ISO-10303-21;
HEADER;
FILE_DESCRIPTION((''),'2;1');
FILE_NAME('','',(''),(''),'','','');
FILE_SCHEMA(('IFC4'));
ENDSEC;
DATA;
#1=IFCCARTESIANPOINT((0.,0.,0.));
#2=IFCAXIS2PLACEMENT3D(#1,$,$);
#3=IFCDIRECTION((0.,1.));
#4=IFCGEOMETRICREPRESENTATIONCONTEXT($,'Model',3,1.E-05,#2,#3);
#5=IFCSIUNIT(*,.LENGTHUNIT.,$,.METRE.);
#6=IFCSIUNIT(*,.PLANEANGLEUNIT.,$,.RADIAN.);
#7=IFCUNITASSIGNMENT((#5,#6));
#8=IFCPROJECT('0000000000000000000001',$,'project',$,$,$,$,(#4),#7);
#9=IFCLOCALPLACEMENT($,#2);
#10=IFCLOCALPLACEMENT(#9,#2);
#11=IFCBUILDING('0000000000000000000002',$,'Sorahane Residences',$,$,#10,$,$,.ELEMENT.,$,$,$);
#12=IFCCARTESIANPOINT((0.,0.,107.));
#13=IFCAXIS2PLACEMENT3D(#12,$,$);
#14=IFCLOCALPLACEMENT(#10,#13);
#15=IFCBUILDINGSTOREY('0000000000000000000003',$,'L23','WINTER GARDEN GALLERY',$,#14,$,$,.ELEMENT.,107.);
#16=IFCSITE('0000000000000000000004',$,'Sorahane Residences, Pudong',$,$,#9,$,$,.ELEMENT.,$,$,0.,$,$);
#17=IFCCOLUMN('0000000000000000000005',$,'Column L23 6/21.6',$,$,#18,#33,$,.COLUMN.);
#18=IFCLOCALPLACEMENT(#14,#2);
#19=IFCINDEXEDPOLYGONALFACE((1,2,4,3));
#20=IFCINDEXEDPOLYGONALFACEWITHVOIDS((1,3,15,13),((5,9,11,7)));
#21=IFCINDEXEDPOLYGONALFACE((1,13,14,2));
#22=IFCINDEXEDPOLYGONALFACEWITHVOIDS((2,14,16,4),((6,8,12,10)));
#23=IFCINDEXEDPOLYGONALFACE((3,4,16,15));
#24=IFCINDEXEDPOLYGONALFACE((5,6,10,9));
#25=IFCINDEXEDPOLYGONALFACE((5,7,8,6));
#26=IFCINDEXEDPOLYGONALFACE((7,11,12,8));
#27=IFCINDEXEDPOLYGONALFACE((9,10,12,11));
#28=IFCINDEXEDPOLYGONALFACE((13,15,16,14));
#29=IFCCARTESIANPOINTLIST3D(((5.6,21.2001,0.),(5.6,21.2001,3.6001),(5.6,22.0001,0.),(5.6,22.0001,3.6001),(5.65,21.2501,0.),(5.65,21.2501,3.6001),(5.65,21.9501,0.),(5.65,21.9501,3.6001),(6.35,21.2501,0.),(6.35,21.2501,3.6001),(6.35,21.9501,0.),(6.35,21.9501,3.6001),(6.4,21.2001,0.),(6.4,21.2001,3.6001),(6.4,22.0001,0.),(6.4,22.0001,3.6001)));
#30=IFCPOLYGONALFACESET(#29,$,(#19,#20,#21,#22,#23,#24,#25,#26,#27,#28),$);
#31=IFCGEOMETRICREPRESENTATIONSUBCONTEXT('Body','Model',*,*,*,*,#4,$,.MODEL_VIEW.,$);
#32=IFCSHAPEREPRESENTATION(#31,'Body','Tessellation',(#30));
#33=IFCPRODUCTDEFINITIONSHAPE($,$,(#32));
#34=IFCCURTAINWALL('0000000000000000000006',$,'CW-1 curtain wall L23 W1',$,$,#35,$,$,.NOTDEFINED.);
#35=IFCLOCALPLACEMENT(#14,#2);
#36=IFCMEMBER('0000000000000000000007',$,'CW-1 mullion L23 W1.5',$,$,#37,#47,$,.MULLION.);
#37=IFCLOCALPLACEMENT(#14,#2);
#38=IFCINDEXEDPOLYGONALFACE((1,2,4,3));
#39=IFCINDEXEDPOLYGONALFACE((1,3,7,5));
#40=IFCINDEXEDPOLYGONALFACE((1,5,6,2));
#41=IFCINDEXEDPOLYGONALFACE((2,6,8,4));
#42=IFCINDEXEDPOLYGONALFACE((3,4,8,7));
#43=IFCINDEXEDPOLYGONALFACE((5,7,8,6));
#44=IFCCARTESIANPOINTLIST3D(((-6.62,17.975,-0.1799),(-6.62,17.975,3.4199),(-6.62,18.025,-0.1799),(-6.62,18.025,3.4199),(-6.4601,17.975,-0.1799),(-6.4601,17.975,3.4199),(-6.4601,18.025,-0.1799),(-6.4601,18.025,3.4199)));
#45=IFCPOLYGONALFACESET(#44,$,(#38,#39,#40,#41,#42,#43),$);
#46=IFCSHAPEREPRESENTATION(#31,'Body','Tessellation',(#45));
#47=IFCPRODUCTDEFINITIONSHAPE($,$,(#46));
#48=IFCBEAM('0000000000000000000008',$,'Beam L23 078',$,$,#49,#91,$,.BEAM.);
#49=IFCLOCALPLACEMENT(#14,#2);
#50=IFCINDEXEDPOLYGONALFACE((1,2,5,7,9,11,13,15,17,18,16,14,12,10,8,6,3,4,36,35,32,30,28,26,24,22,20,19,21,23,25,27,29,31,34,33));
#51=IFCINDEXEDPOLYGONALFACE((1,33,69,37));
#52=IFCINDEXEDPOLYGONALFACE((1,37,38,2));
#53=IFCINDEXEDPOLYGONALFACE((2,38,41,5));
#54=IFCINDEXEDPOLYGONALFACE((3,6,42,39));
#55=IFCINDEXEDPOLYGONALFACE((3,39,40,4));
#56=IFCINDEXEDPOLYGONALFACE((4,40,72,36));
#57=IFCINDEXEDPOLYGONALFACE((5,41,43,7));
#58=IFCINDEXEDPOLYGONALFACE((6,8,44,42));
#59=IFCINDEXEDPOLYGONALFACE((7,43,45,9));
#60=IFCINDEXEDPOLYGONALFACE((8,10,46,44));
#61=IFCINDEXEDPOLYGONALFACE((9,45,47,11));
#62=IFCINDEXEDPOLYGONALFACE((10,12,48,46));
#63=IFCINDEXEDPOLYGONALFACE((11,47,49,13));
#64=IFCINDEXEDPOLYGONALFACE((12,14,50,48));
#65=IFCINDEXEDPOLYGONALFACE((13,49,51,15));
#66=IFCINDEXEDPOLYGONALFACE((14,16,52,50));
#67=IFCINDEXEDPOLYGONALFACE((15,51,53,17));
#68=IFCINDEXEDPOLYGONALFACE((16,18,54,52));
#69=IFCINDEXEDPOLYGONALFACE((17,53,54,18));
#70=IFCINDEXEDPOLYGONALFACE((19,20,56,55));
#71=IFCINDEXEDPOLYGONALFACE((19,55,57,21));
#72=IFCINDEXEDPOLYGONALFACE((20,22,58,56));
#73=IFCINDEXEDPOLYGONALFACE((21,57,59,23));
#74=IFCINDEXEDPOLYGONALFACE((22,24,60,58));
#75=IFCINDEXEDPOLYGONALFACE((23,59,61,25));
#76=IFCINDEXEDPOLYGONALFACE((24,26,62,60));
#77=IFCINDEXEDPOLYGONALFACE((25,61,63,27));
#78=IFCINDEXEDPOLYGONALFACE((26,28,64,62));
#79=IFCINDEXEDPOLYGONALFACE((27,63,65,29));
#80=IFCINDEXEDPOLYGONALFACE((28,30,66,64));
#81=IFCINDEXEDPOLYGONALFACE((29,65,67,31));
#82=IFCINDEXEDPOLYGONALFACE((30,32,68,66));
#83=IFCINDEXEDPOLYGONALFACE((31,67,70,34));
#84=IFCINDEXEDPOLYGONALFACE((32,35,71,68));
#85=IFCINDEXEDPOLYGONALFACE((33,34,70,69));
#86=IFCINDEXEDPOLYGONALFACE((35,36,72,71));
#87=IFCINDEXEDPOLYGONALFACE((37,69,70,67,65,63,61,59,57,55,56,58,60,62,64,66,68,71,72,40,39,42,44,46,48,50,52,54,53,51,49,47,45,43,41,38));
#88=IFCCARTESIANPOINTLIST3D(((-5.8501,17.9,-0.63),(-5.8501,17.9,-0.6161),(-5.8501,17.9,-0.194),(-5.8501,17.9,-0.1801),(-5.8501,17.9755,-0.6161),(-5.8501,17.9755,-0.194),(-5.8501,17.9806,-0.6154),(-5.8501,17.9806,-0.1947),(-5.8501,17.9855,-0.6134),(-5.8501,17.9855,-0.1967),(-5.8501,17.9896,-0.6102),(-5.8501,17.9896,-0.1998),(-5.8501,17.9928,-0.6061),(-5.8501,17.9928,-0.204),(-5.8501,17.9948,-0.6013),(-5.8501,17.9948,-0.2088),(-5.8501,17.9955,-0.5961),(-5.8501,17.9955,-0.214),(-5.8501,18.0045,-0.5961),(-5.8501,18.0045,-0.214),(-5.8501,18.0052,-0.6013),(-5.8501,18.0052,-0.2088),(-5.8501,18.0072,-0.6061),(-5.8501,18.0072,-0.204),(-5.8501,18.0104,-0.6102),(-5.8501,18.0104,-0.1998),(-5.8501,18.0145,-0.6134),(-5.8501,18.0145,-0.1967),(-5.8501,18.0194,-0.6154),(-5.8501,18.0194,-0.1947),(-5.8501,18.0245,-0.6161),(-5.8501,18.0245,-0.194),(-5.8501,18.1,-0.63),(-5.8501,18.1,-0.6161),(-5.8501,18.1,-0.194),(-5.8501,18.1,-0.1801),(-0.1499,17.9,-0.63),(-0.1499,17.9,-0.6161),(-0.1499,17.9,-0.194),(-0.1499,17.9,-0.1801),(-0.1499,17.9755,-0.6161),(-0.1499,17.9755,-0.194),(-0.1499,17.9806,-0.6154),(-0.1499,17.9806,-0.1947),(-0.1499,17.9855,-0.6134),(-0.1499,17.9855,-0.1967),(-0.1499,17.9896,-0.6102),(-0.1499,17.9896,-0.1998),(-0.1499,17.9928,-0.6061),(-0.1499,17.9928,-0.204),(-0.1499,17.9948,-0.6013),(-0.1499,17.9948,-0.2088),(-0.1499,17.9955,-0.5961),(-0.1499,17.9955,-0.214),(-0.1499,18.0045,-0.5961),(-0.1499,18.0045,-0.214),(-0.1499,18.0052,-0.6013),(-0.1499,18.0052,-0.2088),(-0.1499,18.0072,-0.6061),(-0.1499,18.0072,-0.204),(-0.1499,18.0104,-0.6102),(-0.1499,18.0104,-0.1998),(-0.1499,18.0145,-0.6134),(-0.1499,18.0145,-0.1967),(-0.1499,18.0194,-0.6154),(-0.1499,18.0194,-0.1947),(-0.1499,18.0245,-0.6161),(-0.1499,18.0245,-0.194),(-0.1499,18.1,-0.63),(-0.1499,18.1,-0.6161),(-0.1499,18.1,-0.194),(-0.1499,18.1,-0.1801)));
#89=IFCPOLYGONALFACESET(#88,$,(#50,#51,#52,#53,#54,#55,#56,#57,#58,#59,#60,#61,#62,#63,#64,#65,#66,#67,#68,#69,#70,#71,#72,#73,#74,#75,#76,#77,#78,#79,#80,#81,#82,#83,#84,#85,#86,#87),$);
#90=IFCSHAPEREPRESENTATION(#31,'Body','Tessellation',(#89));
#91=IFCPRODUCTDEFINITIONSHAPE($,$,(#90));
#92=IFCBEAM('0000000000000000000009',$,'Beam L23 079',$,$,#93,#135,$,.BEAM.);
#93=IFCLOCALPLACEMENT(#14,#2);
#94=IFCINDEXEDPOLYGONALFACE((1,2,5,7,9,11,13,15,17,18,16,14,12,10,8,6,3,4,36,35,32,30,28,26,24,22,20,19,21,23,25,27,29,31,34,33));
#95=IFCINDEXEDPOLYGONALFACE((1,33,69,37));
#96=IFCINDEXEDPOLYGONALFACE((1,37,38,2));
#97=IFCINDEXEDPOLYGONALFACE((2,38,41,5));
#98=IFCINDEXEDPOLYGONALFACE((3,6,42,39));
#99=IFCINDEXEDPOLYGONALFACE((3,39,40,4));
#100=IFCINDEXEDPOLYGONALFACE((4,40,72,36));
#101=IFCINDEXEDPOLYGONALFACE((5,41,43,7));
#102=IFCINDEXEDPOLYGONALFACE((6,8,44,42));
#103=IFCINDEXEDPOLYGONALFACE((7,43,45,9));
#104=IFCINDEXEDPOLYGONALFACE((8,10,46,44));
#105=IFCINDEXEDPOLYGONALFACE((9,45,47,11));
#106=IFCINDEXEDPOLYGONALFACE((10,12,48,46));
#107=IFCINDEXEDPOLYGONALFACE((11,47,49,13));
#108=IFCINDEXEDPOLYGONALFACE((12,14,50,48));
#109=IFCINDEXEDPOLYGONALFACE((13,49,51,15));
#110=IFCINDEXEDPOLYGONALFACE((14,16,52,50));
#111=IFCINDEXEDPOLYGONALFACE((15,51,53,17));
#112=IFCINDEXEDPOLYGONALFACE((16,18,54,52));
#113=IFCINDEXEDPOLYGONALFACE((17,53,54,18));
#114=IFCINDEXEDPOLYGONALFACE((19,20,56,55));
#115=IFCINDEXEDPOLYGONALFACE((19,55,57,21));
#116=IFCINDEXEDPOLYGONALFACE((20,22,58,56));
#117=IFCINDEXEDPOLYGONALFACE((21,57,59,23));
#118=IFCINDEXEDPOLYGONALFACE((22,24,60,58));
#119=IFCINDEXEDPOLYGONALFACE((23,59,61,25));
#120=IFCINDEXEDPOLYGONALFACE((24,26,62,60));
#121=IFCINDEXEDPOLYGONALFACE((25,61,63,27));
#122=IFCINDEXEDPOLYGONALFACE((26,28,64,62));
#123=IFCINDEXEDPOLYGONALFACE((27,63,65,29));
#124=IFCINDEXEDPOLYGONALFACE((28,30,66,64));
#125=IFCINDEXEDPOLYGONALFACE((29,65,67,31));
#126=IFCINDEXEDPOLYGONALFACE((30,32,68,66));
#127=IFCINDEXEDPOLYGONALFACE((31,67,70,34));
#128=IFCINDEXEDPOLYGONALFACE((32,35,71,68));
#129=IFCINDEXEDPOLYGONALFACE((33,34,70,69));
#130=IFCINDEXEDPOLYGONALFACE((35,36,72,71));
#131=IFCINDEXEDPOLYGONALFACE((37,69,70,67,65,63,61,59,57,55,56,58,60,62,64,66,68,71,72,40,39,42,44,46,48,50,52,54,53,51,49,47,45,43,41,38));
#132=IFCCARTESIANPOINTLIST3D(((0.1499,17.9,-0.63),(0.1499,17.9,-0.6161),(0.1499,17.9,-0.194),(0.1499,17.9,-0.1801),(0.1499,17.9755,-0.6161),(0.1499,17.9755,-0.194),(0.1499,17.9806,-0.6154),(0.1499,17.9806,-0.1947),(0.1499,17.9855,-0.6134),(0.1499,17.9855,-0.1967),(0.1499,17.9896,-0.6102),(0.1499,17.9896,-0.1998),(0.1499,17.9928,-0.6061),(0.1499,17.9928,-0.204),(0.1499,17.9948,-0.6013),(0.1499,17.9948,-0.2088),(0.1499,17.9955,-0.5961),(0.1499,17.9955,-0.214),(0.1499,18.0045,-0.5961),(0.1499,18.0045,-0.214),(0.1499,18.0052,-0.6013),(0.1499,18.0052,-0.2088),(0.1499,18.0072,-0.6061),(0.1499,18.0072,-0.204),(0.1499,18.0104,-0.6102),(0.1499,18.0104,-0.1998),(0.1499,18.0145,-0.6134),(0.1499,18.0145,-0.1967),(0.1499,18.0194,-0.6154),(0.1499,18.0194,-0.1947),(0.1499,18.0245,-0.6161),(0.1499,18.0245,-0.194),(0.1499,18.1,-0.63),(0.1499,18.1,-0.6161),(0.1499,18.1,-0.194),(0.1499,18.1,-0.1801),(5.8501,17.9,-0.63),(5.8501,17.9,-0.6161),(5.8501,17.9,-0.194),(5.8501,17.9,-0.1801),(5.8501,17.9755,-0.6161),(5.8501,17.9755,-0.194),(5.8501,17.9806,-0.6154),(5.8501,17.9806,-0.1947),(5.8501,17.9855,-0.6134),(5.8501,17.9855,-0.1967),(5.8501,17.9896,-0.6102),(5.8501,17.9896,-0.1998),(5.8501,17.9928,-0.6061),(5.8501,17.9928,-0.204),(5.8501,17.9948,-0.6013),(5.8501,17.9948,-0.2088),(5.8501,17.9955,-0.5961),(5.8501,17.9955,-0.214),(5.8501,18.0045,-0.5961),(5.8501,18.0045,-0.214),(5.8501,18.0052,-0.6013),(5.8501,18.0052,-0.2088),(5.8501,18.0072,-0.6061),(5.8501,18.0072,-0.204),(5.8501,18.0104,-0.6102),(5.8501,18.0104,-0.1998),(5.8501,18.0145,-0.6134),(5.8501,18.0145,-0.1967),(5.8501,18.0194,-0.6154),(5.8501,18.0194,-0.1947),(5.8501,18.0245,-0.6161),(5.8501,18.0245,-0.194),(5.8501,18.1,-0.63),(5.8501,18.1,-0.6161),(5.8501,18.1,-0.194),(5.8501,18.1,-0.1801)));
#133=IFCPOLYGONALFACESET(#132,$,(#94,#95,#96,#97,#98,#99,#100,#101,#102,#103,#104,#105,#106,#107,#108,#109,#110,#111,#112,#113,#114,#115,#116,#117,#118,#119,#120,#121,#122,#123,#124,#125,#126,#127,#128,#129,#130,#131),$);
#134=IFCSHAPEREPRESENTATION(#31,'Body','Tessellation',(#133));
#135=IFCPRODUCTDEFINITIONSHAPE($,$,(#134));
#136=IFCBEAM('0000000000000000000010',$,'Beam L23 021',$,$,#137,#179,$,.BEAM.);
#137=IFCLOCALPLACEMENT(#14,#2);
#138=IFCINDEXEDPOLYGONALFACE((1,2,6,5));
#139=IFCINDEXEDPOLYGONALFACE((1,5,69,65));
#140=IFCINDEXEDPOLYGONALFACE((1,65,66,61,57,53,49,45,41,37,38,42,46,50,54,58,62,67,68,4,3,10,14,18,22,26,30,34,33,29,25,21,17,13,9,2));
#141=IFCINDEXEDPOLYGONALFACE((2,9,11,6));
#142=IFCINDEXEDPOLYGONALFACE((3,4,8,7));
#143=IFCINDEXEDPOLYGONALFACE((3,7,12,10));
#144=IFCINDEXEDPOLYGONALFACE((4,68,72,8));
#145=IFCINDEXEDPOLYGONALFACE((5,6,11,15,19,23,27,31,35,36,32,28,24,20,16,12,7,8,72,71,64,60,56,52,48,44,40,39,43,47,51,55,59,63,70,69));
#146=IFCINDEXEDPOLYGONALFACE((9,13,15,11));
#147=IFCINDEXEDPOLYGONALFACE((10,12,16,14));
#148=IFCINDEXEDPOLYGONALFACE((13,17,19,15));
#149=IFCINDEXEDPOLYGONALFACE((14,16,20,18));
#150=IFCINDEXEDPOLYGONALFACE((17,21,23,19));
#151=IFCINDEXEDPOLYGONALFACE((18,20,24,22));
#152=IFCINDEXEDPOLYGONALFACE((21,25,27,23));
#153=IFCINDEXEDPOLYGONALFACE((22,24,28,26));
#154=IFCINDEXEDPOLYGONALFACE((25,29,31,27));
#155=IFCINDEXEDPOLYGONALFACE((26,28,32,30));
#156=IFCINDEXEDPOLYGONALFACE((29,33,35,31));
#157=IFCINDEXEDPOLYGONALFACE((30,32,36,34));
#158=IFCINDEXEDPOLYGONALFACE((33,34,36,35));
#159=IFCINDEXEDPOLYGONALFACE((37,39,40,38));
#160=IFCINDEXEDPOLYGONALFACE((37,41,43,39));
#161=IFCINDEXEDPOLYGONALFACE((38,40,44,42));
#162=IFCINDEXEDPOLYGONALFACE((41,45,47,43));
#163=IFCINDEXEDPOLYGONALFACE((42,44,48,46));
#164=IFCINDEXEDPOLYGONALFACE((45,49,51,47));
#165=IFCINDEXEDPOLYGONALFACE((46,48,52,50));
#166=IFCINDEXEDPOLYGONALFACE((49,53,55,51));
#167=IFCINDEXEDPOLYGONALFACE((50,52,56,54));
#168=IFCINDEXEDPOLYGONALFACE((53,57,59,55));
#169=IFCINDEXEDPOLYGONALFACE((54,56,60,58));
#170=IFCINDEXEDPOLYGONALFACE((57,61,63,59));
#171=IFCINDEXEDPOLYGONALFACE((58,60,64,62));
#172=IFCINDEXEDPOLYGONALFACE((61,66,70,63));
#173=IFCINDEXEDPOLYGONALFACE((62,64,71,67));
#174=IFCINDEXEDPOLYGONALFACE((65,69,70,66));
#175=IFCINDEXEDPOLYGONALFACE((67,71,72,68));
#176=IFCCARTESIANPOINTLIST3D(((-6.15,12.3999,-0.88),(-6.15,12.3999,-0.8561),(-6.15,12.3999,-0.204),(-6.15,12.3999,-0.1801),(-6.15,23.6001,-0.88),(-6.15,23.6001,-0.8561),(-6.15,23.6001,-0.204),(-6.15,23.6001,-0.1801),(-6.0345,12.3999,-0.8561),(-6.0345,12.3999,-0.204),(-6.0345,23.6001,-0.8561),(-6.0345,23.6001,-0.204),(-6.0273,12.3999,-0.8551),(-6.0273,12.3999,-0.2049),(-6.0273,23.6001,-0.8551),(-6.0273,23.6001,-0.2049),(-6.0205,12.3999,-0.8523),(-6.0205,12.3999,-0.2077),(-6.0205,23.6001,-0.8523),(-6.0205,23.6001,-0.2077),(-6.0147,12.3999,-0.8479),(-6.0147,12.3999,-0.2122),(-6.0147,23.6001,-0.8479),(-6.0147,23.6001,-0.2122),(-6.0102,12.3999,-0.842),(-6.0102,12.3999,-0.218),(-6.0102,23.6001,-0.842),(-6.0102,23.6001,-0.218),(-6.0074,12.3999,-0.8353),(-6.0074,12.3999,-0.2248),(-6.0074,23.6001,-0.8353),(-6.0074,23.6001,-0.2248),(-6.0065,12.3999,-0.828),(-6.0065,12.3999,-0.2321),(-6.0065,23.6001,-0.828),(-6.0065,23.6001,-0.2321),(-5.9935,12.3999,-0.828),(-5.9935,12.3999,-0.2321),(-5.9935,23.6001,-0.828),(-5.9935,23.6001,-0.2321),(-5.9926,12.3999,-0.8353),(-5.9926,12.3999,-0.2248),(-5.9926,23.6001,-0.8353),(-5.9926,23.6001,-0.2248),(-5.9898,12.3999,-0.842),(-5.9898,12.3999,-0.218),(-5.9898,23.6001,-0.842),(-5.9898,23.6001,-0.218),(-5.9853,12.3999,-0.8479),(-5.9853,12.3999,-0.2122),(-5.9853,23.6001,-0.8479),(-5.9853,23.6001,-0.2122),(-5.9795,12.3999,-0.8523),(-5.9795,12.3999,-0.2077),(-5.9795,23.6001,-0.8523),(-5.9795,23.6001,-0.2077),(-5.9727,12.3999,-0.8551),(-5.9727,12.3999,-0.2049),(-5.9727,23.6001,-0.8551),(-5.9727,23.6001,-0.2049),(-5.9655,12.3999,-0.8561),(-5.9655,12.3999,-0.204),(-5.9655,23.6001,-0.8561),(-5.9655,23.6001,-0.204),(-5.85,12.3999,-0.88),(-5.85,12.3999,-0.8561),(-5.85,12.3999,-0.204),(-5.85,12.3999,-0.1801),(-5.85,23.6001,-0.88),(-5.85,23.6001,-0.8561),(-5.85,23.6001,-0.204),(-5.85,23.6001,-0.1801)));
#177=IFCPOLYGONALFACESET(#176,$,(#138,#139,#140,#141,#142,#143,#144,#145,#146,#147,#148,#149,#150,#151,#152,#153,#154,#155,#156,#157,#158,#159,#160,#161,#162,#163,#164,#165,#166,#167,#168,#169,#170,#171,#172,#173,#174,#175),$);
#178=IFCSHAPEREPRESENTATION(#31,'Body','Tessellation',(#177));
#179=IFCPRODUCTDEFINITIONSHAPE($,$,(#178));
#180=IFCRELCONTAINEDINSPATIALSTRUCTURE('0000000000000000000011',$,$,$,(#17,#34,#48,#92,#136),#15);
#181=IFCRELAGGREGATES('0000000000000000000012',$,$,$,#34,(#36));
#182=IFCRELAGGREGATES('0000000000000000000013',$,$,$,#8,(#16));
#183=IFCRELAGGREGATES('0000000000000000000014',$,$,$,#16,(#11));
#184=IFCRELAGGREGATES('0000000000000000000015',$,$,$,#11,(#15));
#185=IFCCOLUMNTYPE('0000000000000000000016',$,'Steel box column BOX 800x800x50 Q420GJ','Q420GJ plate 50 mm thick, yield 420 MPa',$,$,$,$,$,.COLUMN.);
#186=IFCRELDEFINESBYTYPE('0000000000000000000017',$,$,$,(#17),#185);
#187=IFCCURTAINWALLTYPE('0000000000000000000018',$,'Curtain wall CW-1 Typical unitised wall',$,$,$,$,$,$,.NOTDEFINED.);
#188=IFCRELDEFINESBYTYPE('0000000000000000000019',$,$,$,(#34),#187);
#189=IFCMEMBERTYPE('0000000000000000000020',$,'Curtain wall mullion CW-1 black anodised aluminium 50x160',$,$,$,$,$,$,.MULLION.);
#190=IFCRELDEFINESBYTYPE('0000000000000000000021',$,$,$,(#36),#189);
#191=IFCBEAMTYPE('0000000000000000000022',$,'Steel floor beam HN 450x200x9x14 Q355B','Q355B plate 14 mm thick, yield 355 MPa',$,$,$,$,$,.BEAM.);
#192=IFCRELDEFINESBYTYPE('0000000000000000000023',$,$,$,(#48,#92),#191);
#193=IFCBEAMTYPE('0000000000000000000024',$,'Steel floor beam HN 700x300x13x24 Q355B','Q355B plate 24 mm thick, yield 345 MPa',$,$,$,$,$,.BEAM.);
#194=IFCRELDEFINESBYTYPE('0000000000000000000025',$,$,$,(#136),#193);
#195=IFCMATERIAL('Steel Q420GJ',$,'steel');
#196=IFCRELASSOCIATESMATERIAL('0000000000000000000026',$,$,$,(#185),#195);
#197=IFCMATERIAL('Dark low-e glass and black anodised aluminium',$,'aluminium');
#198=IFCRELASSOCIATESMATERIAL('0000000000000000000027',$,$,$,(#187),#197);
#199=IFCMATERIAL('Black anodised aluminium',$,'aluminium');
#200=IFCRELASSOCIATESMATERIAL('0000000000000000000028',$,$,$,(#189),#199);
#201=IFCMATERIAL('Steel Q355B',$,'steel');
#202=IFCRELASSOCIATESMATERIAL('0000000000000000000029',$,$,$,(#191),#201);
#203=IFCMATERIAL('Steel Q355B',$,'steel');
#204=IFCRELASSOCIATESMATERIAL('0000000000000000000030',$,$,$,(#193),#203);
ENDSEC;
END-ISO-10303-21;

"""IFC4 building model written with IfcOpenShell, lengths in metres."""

from ifc_helpers import new_model, si_unit, direction, frame, origin, origin_2d, place, context, subcontext, project, spatial, rectangle, hollow_rectangle, i_section, extrude, material, material_profile, profile_set, type_object, element, aggregate, save


model = new_model("IFC4")

# Units and contexts
model_context = context("Model", 3, precision=1e-05, world=origin(), true_north=direction((0.0, 1.0)))
body_context = subcontext(model_context, "Body", "Model", "MODEL_VIEW")
ifc_project = project(units=[si_unit("LENGTHUNIT", "METRE"), si_unit("PLANEANGLEUNIT", "RADIAN")], contexts=[model_context])

# Site, building, storey
site_placement = place(None, origin())
site = spatial("IfcSite", under=ifc_project, at=site_placement, Name="Sorahane Residences, Pudong", CompositionType="ELEMENT", RefElevation=0.0)
building_placement = place(site_placement, origin())
building = spatial("IfcBuilding", under=site, at=building_placement, Name="Sorahane Residences", CompositionType="ELEMENT")
storey_placement = place(building_placement, frame((0.0, 0.0, 107.0)))
storey = spatial("IfcBuildingStorey", under=building, at=storey_placement, Name="L23", Description="WINTER GARDEN GALLERY", CompositionType="ELEMENT", Elevation=107.0)

# Column
ifc_material_1 = material(Name="Steel Q420GJ", Category="steel")
ifc_material_profile_1 = material_profile(ifc_material_1, hollow_rectangle(XDim=0.8, YDim=0.8, WallThickness=0.05, at=origin_2d()), Name="BOX 800x800x50")
ifc_profile_set_1 = profile_set([ifc_material_profile_1], Name="Steel Q420GJ")
column_type = type_object("IfcColumnType", Name="Steel box column BOX 800x800x50 Q420GJ", Description="Q420GJ plate 50 mm thick, yield 420 MPa", PredefinedType="COLUMN", material=ifc_profile_set_1)
column_placement = place(storey_placement, frame((6.0, 21.6001, 0.0), z_axis=(0.0, 0.0, 1.0), x_axis=(1.0, 0.0, 0.0)))
element("IfcColumn", 1, at=column_placement, inside=storey, type_object=column_type, Name="Column L23 6/21.6", PredefinedType="COLUMN", context=body_context, shape_type="SweptSolid", body=[
    extrude(hollow_rectangle(XDim=0.8, YDim=0.8, WallThickness=0.05, at=origin_2d()), origin(), (0.0, 0.0, 1.0), 3.6001),
])

# Curtain wall, member
ifc_material_2 = material(Name="Dark low-e glass and black anodised aluminium", Category="aluminium")
curtain_wall_type = type_object("IfcCurtainWallType", Name="Curtain wall CW-1 Typical unitised wall", PredefinedType="NOTDEFINED", material=ifc_material_2)
curtain_wall_placement = place(storey_placement, origin())
curtain_wall = element("IfcCurtainWall", 2, at=curtain_wall_placement, inside=storey, type_object=curtain_wall_type, Name="CW-1 curtain wall L23 W1", PredefinedType="NOTDEFINED")
ifc_material_3 = material(Name="Black anodised aluminium", Category="aluminium")
ifc_material_profile_2 = material_profile(ifc_material_3, rectangle(XDim=0.1599, YDim=0.05, at=origin_2d()), Name="Curtain wall mullion CW-1 black anodised aluminium 50x160")
ifc_profile_set_2 = profile_set([ifc_material_profile_2], Name="Black anodised aluminium")
member_type = type_object("IfcMemberType", Name="Curtain wall mullion CW-1 black anodised aluminium 50x160", PredefinedType="MULLION", material=ifc_profile_set_2)
member_placement = place(storey_placement, frame((-6.54, 18.0, -0.1799), z_axis=(0.0, 0.0, 1.0), x_axis=(-1.0, 0.0, 0.0)))
member = element("IfcMember", 3, at=member_placement, type_object=member_type, Name="CW-1 mullion L23 W1.5", PredefinedType="MULLION", context=body_context, shape_type="SweptSolid", body=[
    extrude(rectangle(XDim=0.1599, YDim=0.05, at=origin_2d()), origin(), (0.0, 0.0, 1.0), 3.5999),
])

# Beams
ifc_material_4 = material(Name="Steel Q355B", Category="steel")
ifc_material_profile_3 = material_profile(ifc_material_4, i_section(OverallWidth=0.2, OverallDepth=0.45, WebThickness=0.009, FlangeThickness=0.0139, FilletRadius=0.02, at=origin_2d()), Name="HN 450x200x9x14")
ifc_profile_set_3 = profile_set([ifc_material_profile_3], Name="Steel Q355B")
beam_type_1 = type_object("IfcBeamType", Name="Steel floor beam HN 450x200x9x14 Q355B", Description="Q355B plate 14 mm thick, yield 355 MPa", PredefinedType="BEAM", material=ifc_profile_set_3)
for number, where, z_axis, x_axis, name in (
    (4, (-5.8501, 18.0, -0.405), (1.0, 0.0, 0.0), (0.0, 1.0, 0.0), "Beam L23 078"),
    (5, (0.1499, 18.0, -0.405), (1.0, 0.0, 0.0), (0.0, 1.0, 0.0), "Beam L23 079"),
):
    element("IfcBeam", number, at=place(storey_placement, frame(where, z_axis=z_axis, x_axis=x_axis)), inside=storey, type_object=beam_type_1, Name=name, PredefinedType="BEAM", context=body_context, shape_type="SweptSolid", body=[
        extrude(i_section(OverallWidth=0.2, OverallDepth=0.45, WebThickness=0.009, FlangeThickness=0.0139, FilletRadius=0.02, at=origin_2d()), origin(), (0.0, 0.0, 1.0), 5.7002),
    ])
ifc_material_5 = material(Name="Steel Q355B", Category="steel")
ifc_material_profile_4 = material_profile(ifc_material_5, i_section(OverallWidth=0.3, OverallDepth=0.7, WebThickness=0.0129, FlangeThickness=0.0239, FilletRadius=0.0281, at=origin_2d()), Name="HN 700x300x13x24")
ifc_profile_set_4 = profile_set([ifc_material_profile_4], Name="Steel Q355B")
beam_type_2 = type_object("IfcBeamType", Name="Steel floor beam HN 700x300x13x24 Q355B", Description="Q355B plate 24 mm thick, yield 345 MPa", PredefinedType="BEAM", material=ifc_profile_set_4)
beam_1_placement = place(storey_placement, frame((-6.0, 12.3999, -0.53), z_axis=(0.0, 1.0, 0.0), x_axis=(-1.0, 0.0, 0.0)))
element("IfcBeam", 6, at=beam_1_placement, inside=storey, type_object=beam_type_2, Name="Beam L23 021", PredefinedType="BEAM", context=body_context, shape_type="SweptSolid", body=[
    extrude(i_section(OverallWidth=0.3, OverallDepth=0.7, WebThickness=0.0129, FlangeThickness=0.0239, FilletRadius=0.0281, at=origin_2d()), origin(), (0.0, 0.0, 1.0), 11.2002),
])

aggregate(curtain_wall, [member])

save(model, "model.ifc")
